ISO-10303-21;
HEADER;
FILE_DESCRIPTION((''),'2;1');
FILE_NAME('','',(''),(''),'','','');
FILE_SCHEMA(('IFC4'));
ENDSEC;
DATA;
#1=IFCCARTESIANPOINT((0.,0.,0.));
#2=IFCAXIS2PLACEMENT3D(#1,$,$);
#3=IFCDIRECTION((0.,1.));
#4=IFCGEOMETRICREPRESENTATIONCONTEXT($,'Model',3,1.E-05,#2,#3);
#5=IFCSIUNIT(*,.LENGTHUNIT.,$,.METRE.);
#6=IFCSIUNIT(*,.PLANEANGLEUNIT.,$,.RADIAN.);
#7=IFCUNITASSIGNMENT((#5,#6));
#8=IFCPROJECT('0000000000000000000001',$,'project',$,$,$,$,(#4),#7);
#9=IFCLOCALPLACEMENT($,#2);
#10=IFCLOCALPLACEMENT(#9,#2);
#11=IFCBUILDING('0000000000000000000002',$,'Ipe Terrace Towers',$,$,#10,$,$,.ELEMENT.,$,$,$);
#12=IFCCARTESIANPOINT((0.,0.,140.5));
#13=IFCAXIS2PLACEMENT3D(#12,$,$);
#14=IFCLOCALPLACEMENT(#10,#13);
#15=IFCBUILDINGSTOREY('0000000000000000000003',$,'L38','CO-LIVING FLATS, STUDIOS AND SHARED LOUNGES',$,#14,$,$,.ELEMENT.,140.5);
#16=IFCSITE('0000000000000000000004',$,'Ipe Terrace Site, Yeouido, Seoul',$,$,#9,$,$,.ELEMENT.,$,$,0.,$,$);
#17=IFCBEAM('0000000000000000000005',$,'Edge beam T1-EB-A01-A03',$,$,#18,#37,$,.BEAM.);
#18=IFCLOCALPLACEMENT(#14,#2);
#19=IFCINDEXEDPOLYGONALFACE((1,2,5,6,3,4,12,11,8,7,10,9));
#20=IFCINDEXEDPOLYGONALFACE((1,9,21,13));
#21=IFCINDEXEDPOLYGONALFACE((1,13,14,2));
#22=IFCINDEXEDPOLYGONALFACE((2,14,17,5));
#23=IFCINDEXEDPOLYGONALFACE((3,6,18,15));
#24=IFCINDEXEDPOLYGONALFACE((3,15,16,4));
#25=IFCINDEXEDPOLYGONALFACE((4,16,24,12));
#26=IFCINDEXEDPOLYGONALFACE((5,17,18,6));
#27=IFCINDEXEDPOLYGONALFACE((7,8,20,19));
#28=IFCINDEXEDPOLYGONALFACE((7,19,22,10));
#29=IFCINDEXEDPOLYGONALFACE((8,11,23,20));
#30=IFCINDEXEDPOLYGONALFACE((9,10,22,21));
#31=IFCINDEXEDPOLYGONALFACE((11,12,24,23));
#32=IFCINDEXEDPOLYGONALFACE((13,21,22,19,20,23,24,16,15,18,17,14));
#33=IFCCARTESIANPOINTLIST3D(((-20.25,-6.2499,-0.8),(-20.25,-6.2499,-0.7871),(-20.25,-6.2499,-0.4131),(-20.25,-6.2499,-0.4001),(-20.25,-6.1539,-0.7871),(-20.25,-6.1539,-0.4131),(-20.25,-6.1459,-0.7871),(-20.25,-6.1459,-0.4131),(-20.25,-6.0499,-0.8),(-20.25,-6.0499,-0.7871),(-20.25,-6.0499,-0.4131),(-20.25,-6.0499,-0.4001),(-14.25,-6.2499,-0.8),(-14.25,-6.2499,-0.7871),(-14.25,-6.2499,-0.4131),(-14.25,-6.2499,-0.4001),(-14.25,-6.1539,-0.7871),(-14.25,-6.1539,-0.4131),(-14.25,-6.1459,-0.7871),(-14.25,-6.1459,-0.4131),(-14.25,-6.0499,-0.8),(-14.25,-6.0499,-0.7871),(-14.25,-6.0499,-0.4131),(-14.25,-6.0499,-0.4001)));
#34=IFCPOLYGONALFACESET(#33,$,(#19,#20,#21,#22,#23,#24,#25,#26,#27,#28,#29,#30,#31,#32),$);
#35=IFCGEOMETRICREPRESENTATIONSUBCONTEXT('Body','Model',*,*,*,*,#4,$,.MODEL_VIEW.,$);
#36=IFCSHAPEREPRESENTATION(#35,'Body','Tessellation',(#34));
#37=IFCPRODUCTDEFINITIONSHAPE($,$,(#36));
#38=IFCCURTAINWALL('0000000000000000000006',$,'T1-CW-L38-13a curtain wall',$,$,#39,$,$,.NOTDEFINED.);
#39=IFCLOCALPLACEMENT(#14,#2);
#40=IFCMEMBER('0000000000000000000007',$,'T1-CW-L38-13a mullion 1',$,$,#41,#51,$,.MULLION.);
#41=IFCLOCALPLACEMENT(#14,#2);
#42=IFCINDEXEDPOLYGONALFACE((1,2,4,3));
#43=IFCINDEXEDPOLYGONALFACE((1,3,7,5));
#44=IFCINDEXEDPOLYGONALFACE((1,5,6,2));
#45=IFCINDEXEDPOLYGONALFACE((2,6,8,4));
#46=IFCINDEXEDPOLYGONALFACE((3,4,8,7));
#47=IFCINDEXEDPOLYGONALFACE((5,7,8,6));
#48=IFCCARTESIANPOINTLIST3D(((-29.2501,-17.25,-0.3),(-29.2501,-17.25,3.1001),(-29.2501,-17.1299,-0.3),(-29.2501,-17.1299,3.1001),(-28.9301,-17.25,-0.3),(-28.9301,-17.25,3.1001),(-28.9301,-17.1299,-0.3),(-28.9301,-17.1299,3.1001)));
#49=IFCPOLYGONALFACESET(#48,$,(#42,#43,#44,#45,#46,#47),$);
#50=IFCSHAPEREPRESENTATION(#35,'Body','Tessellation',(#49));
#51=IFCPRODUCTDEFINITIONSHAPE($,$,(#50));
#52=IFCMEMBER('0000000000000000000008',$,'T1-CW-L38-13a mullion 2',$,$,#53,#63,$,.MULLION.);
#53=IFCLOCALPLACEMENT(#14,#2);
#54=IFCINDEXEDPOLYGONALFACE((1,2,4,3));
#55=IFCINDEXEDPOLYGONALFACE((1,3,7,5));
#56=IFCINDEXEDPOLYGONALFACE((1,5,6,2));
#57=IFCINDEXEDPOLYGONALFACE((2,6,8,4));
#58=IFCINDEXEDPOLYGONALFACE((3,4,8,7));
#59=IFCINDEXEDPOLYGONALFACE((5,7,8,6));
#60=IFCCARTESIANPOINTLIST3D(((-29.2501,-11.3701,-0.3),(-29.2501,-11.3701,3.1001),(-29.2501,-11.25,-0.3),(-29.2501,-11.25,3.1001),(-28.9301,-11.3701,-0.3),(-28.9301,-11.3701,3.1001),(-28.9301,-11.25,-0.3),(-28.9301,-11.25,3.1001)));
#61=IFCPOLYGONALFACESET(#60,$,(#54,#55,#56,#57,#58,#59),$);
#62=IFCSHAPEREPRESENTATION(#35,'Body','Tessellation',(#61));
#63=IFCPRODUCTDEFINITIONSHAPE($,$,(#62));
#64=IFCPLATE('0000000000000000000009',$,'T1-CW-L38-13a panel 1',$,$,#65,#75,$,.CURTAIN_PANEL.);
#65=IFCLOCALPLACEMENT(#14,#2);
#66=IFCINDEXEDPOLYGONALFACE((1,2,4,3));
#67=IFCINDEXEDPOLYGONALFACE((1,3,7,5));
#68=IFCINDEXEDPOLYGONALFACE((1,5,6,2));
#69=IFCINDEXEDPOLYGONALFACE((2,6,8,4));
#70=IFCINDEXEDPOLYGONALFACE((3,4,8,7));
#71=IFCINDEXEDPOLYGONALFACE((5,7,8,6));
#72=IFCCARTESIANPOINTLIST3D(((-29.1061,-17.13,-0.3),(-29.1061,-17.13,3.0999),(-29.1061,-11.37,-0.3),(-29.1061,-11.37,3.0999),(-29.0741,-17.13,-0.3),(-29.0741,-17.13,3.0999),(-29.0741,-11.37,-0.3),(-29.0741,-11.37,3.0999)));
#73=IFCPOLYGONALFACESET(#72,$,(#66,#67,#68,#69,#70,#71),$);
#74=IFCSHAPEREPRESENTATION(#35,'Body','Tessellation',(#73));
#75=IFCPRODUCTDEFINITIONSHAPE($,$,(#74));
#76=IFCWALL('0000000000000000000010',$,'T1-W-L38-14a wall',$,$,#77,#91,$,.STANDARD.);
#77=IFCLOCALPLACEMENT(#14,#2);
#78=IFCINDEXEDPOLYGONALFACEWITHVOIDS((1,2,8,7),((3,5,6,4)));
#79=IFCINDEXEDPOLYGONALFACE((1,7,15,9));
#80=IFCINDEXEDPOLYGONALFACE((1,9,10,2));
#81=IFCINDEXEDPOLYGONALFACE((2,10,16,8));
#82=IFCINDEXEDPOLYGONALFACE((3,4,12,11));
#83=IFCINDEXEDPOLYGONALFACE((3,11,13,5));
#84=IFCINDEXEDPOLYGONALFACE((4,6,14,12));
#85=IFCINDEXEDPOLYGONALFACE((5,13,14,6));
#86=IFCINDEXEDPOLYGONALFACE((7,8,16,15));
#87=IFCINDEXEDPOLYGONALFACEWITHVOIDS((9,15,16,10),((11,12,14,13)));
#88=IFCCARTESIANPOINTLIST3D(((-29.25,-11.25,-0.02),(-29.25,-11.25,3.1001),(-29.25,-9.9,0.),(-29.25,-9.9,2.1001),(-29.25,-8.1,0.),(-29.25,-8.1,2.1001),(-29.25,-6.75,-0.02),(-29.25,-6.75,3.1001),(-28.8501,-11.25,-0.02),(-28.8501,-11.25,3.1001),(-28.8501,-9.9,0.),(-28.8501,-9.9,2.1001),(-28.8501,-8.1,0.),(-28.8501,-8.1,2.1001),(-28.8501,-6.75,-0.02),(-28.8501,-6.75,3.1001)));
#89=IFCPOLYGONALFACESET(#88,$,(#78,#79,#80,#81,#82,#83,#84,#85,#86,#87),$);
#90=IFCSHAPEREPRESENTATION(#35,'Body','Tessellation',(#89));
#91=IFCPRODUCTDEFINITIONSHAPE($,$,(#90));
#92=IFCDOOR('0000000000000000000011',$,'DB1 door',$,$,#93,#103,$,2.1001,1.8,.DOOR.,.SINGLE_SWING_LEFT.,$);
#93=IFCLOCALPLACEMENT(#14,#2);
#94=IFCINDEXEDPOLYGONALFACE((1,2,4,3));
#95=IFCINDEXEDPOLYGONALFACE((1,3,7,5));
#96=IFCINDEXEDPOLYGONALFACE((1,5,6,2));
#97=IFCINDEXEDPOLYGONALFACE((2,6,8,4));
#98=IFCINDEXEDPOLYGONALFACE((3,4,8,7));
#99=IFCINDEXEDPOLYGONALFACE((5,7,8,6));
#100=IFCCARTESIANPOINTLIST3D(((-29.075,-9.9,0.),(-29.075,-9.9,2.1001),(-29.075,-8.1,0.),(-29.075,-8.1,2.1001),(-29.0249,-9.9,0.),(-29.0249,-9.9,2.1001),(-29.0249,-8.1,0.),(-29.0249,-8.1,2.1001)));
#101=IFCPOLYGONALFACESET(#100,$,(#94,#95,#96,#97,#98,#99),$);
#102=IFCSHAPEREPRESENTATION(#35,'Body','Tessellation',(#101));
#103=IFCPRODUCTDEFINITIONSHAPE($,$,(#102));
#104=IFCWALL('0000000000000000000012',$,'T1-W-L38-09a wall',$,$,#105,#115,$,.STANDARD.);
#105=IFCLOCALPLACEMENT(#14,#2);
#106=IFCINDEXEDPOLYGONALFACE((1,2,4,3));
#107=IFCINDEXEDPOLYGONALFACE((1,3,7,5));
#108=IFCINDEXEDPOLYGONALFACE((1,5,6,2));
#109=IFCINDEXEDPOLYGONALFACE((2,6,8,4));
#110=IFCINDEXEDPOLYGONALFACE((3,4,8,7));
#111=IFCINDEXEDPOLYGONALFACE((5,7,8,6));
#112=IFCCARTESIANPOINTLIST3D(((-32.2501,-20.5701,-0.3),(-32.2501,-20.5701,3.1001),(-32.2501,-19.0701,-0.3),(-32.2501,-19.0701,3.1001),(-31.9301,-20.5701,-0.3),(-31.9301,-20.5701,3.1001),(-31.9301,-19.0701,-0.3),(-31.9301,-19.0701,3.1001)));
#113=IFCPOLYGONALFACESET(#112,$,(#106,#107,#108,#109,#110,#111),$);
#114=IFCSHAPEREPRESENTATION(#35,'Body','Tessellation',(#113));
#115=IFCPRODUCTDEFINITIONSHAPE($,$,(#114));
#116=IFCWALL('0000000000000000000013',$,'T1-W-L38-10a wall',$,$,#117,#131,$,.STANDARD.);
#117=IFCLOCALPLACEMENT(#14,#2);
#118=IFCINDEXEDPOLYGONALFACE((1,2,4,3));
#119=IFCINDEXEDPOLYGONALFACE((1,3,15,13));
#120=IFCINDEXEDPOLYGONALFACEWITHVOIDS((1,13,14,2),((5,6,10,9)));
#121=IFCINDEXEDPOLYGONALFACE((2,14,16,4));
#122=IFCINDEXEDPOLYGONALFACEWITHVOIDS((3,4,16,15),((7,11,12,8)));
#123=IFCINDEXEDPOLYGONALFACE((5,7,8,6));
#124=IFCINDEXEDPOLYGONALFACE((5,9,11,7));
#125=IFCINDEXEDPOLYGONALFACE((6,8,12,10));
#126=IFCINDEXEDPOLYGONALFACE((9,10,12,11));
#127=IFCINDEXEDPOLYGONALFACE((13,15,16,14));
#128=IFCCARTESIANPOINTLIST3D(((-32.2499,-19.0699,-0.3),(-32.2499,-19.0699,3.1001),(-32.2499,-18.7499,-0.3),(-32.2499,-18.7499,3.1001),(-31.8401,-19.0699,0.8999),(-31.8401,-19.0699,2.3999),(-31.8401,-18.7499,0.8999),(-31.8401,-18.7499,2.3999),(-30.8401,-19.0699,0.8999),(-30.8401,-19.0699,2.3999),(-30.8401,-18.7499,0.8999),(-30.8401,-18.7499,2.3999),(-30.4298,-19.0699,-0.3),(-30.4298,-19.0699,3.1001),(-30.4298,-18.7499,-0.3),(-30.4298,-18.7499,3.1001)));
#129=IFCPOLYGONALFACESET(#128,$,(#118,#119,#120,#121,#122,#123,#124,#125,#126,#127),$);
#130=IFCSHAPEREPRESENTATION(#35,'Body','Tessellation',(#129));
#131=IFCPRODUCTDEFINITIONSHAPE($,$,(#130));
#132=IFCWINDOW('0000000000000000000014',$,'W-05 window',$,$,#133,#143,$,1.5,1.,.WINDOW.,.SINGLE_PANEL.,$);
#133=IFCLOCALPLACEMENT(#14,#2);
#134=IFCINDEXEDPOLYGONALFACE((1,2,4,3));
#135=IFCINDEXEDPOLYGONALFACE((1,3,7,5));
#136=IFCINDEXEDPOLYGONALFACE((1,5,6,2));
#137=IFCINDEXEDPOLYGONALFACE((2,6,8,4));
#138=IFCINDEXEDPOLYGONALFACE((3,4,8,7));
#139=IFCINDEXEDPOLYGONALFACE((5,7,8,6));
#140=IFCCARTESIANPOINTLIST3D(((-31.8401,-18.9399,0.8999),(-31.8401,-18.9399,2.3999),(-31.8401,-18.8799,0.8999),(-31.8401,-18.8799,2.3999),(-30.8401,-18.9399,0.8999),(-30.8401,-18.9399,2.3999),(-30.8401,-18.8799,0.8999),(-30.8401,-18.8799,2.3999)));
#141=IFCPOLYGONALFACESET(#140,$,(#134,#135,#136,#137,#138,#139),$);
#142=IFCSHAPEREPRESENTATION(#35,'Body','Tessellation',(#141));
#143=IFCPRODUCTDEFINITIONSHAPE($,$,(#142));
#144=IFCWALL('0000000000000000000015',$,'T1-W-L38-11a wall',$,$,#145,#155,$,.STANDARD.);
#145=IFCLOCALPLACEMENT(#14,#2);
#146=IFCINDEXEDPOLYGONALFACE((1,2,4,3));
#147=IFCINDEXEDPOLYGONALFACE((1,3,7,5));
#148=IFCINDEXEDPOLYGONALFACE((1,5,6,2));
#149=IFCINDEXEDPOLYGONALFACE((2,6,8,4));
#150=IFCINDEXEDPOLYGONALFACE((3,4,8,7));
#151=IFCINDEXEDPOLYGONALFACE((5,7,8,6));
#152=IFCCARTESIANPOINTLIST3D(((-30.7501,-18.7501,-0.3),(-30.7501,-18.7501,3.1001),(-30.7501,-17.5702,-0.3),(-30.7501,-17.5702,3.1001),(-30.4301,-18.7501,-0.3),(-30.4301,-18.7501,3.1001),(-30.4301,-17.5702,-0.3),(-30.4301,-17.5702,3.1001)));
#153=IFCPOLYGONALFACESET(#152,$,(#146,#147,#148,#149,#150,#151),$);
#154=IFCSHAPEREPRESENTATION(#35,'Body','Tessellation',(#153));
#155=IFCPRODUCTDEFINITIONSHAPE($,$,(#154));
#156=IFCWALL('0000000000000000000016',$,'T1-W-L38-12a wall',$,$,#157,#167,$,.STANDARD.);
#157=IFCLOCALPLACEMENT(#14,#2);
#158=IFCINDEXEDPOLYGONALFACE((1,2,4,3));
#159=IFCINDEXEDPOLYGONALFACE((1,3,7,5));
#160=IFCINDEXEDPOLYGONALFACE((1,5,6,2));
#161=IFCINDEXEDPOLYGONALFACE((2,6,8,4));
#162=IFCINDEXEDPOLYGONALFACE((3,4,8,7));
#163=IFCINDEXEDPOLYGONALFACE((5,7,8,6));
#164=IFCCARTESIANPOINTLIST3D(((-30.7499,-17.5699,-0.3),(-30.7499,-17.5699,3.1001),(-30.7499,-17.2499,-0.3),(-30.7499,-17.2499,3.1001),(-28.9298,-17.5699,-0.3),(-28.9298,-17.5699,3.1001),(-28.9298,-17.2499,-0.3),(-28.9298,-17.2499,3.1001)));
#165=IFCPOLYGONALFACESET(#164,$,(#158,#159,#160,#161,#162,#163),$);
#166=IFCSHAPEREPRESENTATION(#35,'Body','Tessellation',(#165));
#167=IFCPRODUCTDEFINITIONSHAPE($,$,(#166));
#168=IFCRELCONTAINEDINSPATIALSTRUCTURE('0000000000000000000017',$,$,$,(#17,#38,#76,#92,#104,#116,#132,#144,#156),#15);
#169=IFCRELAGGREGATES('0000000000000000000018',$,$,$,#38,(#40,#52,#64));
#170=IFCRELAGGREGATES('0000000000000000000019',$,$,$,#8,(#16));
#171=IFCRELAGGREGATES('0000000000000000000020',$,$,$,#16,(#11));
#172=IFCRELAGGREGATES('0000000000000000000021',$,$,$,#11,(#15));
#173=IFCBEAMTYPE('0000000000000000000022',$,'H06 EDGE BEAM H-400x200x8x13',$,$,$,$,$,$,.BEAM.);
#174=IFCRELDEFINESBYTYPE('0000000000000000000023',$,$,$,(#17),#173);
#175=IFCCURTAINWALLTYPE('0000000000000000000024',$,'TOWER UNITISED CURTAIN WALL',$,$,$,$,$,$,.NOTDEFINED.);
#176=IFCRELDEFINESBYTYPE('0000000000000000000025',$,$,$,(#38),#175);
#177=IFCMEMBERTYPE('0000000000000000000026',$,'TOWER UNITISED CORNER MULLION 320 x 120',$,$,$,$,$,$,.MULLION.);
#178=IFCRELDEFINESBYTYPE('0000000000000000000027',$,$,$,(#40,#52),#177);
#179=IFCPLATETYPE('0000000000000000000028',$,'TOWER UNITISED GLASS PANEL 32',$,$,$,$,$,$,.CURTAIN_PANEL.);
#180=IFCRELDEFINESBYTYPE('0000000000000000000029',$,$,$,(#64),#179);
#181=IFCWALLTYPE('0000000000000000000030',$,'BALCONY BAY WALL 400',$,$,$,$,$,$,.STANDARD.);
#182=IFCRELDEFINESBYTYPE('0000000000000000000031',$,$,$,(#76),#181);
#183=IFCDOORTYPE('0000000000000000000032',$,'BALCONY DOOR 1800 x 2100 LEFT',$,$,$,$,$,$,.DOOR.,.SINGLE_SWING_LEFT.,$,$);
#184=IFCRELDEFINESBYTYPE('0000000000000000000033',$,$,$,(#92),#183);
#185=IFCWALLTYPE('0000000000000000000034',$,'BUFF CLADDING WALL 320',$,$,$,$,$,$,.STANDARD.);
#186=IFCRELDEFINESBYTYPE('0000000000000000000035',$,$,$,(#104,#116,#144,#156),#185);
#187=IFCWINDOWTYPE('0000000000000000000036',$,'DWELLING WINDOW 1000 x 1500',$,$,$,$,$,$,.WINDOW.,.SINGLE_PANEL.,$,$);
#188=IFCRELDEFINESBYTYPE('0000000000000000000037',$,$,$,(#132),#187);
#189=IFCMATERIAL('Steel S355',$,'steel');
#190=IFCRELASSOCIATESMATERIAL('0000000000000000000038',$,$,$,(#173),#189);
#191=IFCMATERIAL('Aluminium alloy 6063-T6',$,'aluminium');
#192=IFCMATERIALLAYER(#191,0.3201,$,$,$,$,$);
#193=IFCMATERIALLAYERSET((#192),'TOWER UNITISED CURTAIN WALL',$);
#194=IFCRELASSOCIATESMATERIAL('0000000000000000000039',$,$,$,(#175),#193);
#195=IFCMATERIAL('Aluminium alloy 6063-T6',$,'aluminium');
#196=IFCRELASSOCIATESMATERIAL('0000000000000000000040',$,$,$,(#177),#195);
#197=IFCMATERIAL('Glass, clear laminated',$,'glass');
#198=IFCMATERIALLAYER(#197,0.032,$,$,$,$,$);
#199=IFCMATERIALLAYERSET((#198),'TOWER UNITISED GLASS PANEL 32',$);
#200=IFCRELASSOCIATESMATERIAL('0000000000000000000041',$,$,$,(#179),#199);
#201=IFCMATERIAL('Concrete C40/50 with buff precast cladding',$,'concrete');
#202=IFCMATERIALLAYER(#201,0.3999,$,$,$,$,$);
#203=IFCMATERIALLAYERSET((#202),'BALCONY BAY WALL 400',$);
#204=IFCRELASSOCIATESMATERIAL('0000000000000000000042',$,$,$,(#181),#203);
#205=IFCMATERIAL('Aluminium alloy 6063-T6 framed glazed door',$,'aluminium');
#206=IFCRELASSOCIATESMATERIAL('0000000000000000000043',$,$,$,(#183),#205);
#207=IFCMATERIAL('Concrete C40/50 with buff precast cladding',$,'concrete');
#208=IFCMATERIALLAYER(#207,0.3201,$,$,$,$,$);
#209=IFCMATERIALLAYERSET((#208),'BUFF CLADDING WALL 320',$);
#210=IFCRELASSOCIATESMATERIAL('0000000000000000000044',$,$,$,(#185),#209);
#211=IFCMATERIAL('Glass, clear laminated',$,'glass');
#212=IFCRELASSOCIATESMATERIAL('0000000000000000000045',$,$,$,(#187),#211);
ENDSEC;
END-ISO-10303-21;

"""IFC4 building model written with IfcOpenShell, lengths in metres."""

from ifc_helpers import new_model, si_unit, direction, frame, frame_2d, origin, origin_2d, place, context, subcontext, project, spatial, rectangle, i_section, extrude, material, layer, layer_set, material_profile, profile_set, type_object, element, fill, aggregate, save


model = new_model("IFC4")

# Units and contexts
model_context = context("Model", 3, precision=1e-05, world=origin(), true_north=direction((0.0, 1.0)))
body_context = subcontext(model_context, "Body", "Model", "MODEL_VIEW")
ifc_project = project(units=[si_unit("LENGTHUNIT", "METRE"), si_unit("PLANEANGLEUNIT", "RADIAN")], contexts=[model_context])

# Site, building, storey
site_placement = place(None, origin())
site = spatial("IfcSite", under=ifc_project, at=site_placement, Name="Ipe Terrace Site, Yeouido, Seoul", CompositionType="ELEMENT", RefElevation=0.0)
building_placement = place(site_placement, origin())
building = spatial("IfcBuilding", under=site, at=building_placement, Name="Ipe Terrace Towers", CompositionType="ELEMENT")
storey_placement = place(building_placement, frame((0.0, 0.0, 140.5)))
storey = spatial("IfcBuildingStorey", under=building, at=storey_placement, Name="L38", Description="CO-LIVING FLATS, STUDIOS AND SHARED LOUNGES", CompositionType="ELEMENT", Elevation=140.5)

# Beam
ifc_material_1 = material(Name="Steel S355", Category="steel")
ifc_material_profile_1 = material_profile(ifc_material_1, i_section(OverallWidth=0.2, OverallDepth=0.3999, WebThickness=0.0081, FlangeThickness=0.0129, at=origin_2d()), Name="H-400x200x8x13")
ifc_profile_set_1 = profile_set([ifc_material_profile_1], Name="Steel S355")
beam_type_1 = type_object("IfcBeamType", Name="H06 EDGE BEAM H-400x200x8x13", PredefinedType="BEAM", material=ifc_profile_set_1)
beam_1_placement = place(storey_placement, frame((-20.25, -6.1499, -0.6001), z_axis=(1.0, 0.0, 0.0), x_axis=(0.0, 1.0, 0.0)))
element("IfcBeam", 1, at=beam_1_placement, inside=storey, type_object=beam_type_1, Name="Edge beam T1-EB-A01-A03", PredefinedType="BEAM", context=body_context, shape_type="SweptSolid", body=[
    extrude(i_section(OverallWidth=0.2, OverallDepth=0.3999, WebThickness=0.0081, FlangeThickness=0.0129, at=origin_2d()), origin(), (0.0, 0.0, 1.0), 6.0),
])

# Curtain wall, members, plate
ifc_material_2 = material(Name="Aluminium alloy 6063-T6", Category="aluminium")
ifc_layer_1 = layer(ifc_material_2, 0.3201)
ifc_layer_set_1 = layer_set([ifc_layer_1], Name="TOWER UNITISED CURTAIN WALL")
curtain_wall_type = type_object("IfcCurtainWallType", Name="TOWER UNITISED CURTAIN WALL", PredefinedType="NOTDEFINED", material=ifc_layer_set_1)
curtain_wall_placement = place(storey_placement, origin())
curtain_wall = element("IfcCurtainWall", 2, at=curtain_wall_placement, inside=storey, type_object=curtain_wall_type, Name="T1-CW-L38-13a curtain wall", PredefinedType="NOTDEFINED")
ifc_material_3 = material(Name="Aluminium alloy 6063-T6", Category="aluminium")
ifc_material_profile_2 = material_profile(ifc_material_3, rectangle(XDim=0.3201, YDim=0.1201, at=origin_2d()), Name="TOWER UNITISED CORNER MULLION 320 x 120")
ifc_profile_set_2 = profile_set([ifc_material_profile_2], Name="Aluminium alloy 6063-T6")
member_type = type_object("IfcMemberType", Name="TOWER UNITISED CORNER MULLION 320 x 120", PredefinedType="MULLION", material=ifc_profile_set_2)
member_1_placement = place(storey_placement, frame((-29.0901, -17.1899, -0.3), z_axis=(0.0, 0.0, 1.0), x_axis=(1.0, 0.0, 0.0)))
member_1 = element("IfcMember", 3, at=member_1_placement, type_object=member_type, Name="T1-CW-L38-13a mullion 1", PredefinedType="MULLION", context=body_context, shape_type="SweptSolid", body=[
    extrude(rectangle(XDim=0.3201, YDim=0.1201, at=origin_2d()), origin(), (0.0, 0.0, 1.0), 3.4001),
])
member_2_placement = place(storey_placement, frame((-29.0901, -11.3101, -0.3), z_axis=(0.0, 0.0, 1.0), x_axis=(1.0, 0.0, 0.0)))
member_2 = element("IfcMember", 4, at=member_2_placement, type_object=member_type, Name="T1-CW-L38-13a mullion 2", PredefinedType="MULLION", context=body_context, shape_type="SweptSolid", body=[
    extrude(rectangle(XDim=0.3201, YDim=0.1201, at=origin_2d()), origin(), (0.0, 0.0, 1.0), 3.4001),
])
ifc_material_4 = material(Name="Glass, clear laminated", Category="glass")
ifc_layer_2 = layer(ifc_material_4, 0.032)
ifc_layer_set_2 = layer_set([ifc_layer_2], Name="TOWER UNITISED GLASS PANEL 32")
plate_type = type_object("IfcPlateType", Name="TOWER UNITISED GLASS PANEL 32", PredefinedType="CURTAIN_PANEL", material=ifc_layer_set_2)
plate_placement = place(storey_placement, frame((-29.0901, -14.25, -0.3), z_axis=(0.0, 0.0, 1.0), x_axis=(0.0, 1.0, 0.0)))
plate = element("IfcPlate", 5, at=plate_placement, type_object=plate_type, Name="T1-CW-L38-13a panel 1", PredefinedType="CURTAIN_PANEL", context=body_context, shape_type="SweptSolid", body=[
    extrude(rectangle(XDim=5.76, YDim=0.032, at=origin_2d()), origin(), (0.0, 0.0, 1.0), 3.3999),
])
aggregate(curtain_wall, [member_1, member_2, plate])

# Wall, opening, door
ifc_material_5 = material(Name="Concrete C40/50 with buff precast cladding", Category="concrete")
ifc_layer_3 = layer(ifc_material_5, 0.3999)
ifc_layer_set_3 = layer_set([ifc_layer_3], Name="BALCONY BAY WALL 400")
wall_type_1 = type_object("IfcWallType", Name="BALCONY BAY WALL 400", PredefinedType="STANDARD", material=ifc_layer_set_3)
wall_1_placement = place(storey_placement, frame((-29.05, -11.25, -0.02), z_axis=(0.0, 0.0, 1.0), x_axis=(0.0, 1.0, 0.0)))
wall_1 = element("IfcWall", 6, at=wall_1_placement, inside=storey, type_object=wall_type_1, Name="T1-W-L38-14a wall", PredefinedType="STANDARD", context=body_context, shape_type="SweptSolid", body=[
    extrude(rectangle(XDim=4.5, YDim=0.3999, at=frame_2d((2.25, 0.0))), origin(), (0.0, 0.0, 1.0), 3.1201),
])
opening_1_placement = place(wall_1_placement, frame((1.3501, 0.0, 0.02)))
opening_1 = element("IfcOpeningElement", 7, at=opening_1_placement, cuts=wall_1, PredefinedType="OPENING", context=body_context, shape_type="SweptSolid", body=[
    extrude(rectangle(XDim=1.8, YDim=2.1001, at=frame_2d((0.8999, 1.05))), frame((0.0, 0.21, 0.0), z_axis=(0.0, -1.0, 0.0), x_axis=(1.0, 0.0, 0.0)), (0.0, 0.0, 1.0), 0.4199),
])
ifc_material_6 = material(Name="Aluminium alloy 6063-T6 framed glazed door", Category="aluminium")
door_type_1 = type_object("IfcDoorType", Name="BALCONY DOOR 1800 x 2100 LEFT", OperationType="SINGLE_SWING_LEFT", PredefinedType="DOOR", material=ifc_material_6)
door_1_placement = place(opening_1_placement, origin())
door_1 = element("IfcDoor", 8, at=door_1_placement, inside=storey, type_object=door_type_1, Name="DB1 door", OperationType="SINGLE_SWING_LEFT", OverallHeight=2.1001, OverallWidth=1.8, PredefinedType="DOOR", context=body_context, shape_type="SweptSolid", body=[
    extrude(rectangle(XDim=1.8, YDim=2.1001, at=frame_2d((0.8999, 1.05))), frame((0.0, 0.0249, 0.0), z_axis=(0.0, -1.0, 0.0), x_axis=(1.0, 0.0, 0.0)), (0.0, 0.0, 1.0), 0.05),
])
fill(opening_1, door_1)

# Wall
ifc_material_7 = material(Name="Concrete C40/50 with buff precast cladding", Category="concrete")
ifc_layer_4 = layer(ifc_material_7, 0.3201)
ifc_layer_set_4 = layer_set([ifc_layer_4], Name="BUFF CLADDING WALL 320")
wall_type_2 = type_object("IfcWallType", Name="BUFF CLADDING WALL 320", PredefinedType="STANDARD", material=ifc_layer_set_4)
wall_2_placement = place(storey_placement, frame((-32.0901, -20.5701, -0.3), z_axis=(0.0, 0.0, 1.0), x_axis=(0.0, 1.0, 0.0)))
element("IfcWall", 9, at=wall_2_placement, inside=storey, type_object=wall_type_2, Name="T1-W-L38-09a wall", PredefinedType="STANDARD", context=body_context, shape_type="SweptSolid", body=[
    extrude(rectangle(XDim=1.5, YDim=0.3201, at=frame_2d((0.75, 0.0))), origin(), (0.0, 0.0, 1.0), 3.4001),
])

# Wall, opening, window
wall_3_placement = place(storey_placement, frame((-32.25, -18.9099, -0.3), z_axis=(0.0, 0.0, 1.0), x_axis=(1.0, 0.0, 0.0)))
wall_3 = element("IfcWall", 10, at=wall_3_placement, inside=storey, type_object=wall_type_2, Name="T1-W-L38-10a wall", PredefinedType="STANDARD", context=body_context, shape_type="SweptSolid", body=[
    extrude(rectangle(XDim=1.8201, YDim=0.3201, at=frame_2d((0.9102, 0.0))), origin(), (0.0, 0.0, 1.0), 3.4001),
])
opening_2_placement = place(wall_3_placement, frame((0.4099, 0.0, 1.2)))
opening_2 = element("IfcOpeningElement", 11, at=opening_2_placement, cuts=wall_3, PredefinedType="OPENING", context=body_context, shape_type="SweptSolid", body=[
    extrude(rectangle(XDim=1.0, YDim=1.5, at=frame_2d((0.5, 0.75))), frame((0.0, 0.1699, 0.0), z_axis=(0.0, -1.0, 0.0), x_axis=(1.0, 0.0, 0.0)), (0.0, 0.0, 1.0), 0.3401),
])
ifc_material_8 = material(Name="Glass, clear laminated", Category="glass")
window_type = type_object("IfcWindowType", Name="DWELLING WINDOW 1000 x 1500", PartitioningType="SINGLE_PANEL", PredefinedType="WINDOW", material=ifc_material_8)
window_placement = place(opening_2_placement, origin())
window = element("IfcWindow", 12, at=window_placement, inside=storey, type_object=window_type, Name="W-05 window", OverallHeight=1.5, OverallWidth=1.0, PartitioningType="SINGLE_PANEL", PredefinedType="WINDOW", context=body_context, shape_type="SweptSolid", body=[
    extrude(rectangle(XDim=1.0, YDim=1.5, at=frame_2d((0.5, 0.75))), frame((0.0, 0.03, 0.0), z_axis=(0.0, -1.0, 0.0), x_axis=(1.0, 0.0, 0.0)), (0.0, 0.0, 1.0), 0.0601),
])
fill(opening_2, window)

# Walls
wall_4_placement = place(storey_placement, frame((-30.5901, -18.75, -0.3), z_axis=(0.0, 0.0, 1.0), x_axis=(0.0, 1.0, 0.0)))
element("IfcWall", 13, at=wall_4_placement, inside=storey, type_object=wall_type_2, Name="T1-W-L38-11a wall", PredefinedType="STANDARD", context=body_context, shape_type="SweptSolid", body=[
    extrude(rectangle(XDim=1.1799, YDim=0.3201, at=frame_2d((0.5898, 0.0))), origin(), (0.0, 0.0, 1.0), 3.4001),
])
wall_5_placement = place(storey_placement, frame((-30.75, -17.4099, -0.3), z_axis=(0.0, 0.0, 1.0), x_axis=(1.0, 0.0, 0.0)))
element("IfcWall", 14, at=wall_5_placement, inside=storey, type_object=wall_type_2, Name="T1-W-L38-12a wall", PredefinedType="STANDARD", context=body_context, shape_type="SweptSolid", body=[
    extrude(rectangle(XDim=1.8201, YDim=0.3201, at=frame_2d((0.9102, 0.0))), origin(), (0.0, 0.0, 1.0), 3.4001),
])

save(model, "model.ifc")
